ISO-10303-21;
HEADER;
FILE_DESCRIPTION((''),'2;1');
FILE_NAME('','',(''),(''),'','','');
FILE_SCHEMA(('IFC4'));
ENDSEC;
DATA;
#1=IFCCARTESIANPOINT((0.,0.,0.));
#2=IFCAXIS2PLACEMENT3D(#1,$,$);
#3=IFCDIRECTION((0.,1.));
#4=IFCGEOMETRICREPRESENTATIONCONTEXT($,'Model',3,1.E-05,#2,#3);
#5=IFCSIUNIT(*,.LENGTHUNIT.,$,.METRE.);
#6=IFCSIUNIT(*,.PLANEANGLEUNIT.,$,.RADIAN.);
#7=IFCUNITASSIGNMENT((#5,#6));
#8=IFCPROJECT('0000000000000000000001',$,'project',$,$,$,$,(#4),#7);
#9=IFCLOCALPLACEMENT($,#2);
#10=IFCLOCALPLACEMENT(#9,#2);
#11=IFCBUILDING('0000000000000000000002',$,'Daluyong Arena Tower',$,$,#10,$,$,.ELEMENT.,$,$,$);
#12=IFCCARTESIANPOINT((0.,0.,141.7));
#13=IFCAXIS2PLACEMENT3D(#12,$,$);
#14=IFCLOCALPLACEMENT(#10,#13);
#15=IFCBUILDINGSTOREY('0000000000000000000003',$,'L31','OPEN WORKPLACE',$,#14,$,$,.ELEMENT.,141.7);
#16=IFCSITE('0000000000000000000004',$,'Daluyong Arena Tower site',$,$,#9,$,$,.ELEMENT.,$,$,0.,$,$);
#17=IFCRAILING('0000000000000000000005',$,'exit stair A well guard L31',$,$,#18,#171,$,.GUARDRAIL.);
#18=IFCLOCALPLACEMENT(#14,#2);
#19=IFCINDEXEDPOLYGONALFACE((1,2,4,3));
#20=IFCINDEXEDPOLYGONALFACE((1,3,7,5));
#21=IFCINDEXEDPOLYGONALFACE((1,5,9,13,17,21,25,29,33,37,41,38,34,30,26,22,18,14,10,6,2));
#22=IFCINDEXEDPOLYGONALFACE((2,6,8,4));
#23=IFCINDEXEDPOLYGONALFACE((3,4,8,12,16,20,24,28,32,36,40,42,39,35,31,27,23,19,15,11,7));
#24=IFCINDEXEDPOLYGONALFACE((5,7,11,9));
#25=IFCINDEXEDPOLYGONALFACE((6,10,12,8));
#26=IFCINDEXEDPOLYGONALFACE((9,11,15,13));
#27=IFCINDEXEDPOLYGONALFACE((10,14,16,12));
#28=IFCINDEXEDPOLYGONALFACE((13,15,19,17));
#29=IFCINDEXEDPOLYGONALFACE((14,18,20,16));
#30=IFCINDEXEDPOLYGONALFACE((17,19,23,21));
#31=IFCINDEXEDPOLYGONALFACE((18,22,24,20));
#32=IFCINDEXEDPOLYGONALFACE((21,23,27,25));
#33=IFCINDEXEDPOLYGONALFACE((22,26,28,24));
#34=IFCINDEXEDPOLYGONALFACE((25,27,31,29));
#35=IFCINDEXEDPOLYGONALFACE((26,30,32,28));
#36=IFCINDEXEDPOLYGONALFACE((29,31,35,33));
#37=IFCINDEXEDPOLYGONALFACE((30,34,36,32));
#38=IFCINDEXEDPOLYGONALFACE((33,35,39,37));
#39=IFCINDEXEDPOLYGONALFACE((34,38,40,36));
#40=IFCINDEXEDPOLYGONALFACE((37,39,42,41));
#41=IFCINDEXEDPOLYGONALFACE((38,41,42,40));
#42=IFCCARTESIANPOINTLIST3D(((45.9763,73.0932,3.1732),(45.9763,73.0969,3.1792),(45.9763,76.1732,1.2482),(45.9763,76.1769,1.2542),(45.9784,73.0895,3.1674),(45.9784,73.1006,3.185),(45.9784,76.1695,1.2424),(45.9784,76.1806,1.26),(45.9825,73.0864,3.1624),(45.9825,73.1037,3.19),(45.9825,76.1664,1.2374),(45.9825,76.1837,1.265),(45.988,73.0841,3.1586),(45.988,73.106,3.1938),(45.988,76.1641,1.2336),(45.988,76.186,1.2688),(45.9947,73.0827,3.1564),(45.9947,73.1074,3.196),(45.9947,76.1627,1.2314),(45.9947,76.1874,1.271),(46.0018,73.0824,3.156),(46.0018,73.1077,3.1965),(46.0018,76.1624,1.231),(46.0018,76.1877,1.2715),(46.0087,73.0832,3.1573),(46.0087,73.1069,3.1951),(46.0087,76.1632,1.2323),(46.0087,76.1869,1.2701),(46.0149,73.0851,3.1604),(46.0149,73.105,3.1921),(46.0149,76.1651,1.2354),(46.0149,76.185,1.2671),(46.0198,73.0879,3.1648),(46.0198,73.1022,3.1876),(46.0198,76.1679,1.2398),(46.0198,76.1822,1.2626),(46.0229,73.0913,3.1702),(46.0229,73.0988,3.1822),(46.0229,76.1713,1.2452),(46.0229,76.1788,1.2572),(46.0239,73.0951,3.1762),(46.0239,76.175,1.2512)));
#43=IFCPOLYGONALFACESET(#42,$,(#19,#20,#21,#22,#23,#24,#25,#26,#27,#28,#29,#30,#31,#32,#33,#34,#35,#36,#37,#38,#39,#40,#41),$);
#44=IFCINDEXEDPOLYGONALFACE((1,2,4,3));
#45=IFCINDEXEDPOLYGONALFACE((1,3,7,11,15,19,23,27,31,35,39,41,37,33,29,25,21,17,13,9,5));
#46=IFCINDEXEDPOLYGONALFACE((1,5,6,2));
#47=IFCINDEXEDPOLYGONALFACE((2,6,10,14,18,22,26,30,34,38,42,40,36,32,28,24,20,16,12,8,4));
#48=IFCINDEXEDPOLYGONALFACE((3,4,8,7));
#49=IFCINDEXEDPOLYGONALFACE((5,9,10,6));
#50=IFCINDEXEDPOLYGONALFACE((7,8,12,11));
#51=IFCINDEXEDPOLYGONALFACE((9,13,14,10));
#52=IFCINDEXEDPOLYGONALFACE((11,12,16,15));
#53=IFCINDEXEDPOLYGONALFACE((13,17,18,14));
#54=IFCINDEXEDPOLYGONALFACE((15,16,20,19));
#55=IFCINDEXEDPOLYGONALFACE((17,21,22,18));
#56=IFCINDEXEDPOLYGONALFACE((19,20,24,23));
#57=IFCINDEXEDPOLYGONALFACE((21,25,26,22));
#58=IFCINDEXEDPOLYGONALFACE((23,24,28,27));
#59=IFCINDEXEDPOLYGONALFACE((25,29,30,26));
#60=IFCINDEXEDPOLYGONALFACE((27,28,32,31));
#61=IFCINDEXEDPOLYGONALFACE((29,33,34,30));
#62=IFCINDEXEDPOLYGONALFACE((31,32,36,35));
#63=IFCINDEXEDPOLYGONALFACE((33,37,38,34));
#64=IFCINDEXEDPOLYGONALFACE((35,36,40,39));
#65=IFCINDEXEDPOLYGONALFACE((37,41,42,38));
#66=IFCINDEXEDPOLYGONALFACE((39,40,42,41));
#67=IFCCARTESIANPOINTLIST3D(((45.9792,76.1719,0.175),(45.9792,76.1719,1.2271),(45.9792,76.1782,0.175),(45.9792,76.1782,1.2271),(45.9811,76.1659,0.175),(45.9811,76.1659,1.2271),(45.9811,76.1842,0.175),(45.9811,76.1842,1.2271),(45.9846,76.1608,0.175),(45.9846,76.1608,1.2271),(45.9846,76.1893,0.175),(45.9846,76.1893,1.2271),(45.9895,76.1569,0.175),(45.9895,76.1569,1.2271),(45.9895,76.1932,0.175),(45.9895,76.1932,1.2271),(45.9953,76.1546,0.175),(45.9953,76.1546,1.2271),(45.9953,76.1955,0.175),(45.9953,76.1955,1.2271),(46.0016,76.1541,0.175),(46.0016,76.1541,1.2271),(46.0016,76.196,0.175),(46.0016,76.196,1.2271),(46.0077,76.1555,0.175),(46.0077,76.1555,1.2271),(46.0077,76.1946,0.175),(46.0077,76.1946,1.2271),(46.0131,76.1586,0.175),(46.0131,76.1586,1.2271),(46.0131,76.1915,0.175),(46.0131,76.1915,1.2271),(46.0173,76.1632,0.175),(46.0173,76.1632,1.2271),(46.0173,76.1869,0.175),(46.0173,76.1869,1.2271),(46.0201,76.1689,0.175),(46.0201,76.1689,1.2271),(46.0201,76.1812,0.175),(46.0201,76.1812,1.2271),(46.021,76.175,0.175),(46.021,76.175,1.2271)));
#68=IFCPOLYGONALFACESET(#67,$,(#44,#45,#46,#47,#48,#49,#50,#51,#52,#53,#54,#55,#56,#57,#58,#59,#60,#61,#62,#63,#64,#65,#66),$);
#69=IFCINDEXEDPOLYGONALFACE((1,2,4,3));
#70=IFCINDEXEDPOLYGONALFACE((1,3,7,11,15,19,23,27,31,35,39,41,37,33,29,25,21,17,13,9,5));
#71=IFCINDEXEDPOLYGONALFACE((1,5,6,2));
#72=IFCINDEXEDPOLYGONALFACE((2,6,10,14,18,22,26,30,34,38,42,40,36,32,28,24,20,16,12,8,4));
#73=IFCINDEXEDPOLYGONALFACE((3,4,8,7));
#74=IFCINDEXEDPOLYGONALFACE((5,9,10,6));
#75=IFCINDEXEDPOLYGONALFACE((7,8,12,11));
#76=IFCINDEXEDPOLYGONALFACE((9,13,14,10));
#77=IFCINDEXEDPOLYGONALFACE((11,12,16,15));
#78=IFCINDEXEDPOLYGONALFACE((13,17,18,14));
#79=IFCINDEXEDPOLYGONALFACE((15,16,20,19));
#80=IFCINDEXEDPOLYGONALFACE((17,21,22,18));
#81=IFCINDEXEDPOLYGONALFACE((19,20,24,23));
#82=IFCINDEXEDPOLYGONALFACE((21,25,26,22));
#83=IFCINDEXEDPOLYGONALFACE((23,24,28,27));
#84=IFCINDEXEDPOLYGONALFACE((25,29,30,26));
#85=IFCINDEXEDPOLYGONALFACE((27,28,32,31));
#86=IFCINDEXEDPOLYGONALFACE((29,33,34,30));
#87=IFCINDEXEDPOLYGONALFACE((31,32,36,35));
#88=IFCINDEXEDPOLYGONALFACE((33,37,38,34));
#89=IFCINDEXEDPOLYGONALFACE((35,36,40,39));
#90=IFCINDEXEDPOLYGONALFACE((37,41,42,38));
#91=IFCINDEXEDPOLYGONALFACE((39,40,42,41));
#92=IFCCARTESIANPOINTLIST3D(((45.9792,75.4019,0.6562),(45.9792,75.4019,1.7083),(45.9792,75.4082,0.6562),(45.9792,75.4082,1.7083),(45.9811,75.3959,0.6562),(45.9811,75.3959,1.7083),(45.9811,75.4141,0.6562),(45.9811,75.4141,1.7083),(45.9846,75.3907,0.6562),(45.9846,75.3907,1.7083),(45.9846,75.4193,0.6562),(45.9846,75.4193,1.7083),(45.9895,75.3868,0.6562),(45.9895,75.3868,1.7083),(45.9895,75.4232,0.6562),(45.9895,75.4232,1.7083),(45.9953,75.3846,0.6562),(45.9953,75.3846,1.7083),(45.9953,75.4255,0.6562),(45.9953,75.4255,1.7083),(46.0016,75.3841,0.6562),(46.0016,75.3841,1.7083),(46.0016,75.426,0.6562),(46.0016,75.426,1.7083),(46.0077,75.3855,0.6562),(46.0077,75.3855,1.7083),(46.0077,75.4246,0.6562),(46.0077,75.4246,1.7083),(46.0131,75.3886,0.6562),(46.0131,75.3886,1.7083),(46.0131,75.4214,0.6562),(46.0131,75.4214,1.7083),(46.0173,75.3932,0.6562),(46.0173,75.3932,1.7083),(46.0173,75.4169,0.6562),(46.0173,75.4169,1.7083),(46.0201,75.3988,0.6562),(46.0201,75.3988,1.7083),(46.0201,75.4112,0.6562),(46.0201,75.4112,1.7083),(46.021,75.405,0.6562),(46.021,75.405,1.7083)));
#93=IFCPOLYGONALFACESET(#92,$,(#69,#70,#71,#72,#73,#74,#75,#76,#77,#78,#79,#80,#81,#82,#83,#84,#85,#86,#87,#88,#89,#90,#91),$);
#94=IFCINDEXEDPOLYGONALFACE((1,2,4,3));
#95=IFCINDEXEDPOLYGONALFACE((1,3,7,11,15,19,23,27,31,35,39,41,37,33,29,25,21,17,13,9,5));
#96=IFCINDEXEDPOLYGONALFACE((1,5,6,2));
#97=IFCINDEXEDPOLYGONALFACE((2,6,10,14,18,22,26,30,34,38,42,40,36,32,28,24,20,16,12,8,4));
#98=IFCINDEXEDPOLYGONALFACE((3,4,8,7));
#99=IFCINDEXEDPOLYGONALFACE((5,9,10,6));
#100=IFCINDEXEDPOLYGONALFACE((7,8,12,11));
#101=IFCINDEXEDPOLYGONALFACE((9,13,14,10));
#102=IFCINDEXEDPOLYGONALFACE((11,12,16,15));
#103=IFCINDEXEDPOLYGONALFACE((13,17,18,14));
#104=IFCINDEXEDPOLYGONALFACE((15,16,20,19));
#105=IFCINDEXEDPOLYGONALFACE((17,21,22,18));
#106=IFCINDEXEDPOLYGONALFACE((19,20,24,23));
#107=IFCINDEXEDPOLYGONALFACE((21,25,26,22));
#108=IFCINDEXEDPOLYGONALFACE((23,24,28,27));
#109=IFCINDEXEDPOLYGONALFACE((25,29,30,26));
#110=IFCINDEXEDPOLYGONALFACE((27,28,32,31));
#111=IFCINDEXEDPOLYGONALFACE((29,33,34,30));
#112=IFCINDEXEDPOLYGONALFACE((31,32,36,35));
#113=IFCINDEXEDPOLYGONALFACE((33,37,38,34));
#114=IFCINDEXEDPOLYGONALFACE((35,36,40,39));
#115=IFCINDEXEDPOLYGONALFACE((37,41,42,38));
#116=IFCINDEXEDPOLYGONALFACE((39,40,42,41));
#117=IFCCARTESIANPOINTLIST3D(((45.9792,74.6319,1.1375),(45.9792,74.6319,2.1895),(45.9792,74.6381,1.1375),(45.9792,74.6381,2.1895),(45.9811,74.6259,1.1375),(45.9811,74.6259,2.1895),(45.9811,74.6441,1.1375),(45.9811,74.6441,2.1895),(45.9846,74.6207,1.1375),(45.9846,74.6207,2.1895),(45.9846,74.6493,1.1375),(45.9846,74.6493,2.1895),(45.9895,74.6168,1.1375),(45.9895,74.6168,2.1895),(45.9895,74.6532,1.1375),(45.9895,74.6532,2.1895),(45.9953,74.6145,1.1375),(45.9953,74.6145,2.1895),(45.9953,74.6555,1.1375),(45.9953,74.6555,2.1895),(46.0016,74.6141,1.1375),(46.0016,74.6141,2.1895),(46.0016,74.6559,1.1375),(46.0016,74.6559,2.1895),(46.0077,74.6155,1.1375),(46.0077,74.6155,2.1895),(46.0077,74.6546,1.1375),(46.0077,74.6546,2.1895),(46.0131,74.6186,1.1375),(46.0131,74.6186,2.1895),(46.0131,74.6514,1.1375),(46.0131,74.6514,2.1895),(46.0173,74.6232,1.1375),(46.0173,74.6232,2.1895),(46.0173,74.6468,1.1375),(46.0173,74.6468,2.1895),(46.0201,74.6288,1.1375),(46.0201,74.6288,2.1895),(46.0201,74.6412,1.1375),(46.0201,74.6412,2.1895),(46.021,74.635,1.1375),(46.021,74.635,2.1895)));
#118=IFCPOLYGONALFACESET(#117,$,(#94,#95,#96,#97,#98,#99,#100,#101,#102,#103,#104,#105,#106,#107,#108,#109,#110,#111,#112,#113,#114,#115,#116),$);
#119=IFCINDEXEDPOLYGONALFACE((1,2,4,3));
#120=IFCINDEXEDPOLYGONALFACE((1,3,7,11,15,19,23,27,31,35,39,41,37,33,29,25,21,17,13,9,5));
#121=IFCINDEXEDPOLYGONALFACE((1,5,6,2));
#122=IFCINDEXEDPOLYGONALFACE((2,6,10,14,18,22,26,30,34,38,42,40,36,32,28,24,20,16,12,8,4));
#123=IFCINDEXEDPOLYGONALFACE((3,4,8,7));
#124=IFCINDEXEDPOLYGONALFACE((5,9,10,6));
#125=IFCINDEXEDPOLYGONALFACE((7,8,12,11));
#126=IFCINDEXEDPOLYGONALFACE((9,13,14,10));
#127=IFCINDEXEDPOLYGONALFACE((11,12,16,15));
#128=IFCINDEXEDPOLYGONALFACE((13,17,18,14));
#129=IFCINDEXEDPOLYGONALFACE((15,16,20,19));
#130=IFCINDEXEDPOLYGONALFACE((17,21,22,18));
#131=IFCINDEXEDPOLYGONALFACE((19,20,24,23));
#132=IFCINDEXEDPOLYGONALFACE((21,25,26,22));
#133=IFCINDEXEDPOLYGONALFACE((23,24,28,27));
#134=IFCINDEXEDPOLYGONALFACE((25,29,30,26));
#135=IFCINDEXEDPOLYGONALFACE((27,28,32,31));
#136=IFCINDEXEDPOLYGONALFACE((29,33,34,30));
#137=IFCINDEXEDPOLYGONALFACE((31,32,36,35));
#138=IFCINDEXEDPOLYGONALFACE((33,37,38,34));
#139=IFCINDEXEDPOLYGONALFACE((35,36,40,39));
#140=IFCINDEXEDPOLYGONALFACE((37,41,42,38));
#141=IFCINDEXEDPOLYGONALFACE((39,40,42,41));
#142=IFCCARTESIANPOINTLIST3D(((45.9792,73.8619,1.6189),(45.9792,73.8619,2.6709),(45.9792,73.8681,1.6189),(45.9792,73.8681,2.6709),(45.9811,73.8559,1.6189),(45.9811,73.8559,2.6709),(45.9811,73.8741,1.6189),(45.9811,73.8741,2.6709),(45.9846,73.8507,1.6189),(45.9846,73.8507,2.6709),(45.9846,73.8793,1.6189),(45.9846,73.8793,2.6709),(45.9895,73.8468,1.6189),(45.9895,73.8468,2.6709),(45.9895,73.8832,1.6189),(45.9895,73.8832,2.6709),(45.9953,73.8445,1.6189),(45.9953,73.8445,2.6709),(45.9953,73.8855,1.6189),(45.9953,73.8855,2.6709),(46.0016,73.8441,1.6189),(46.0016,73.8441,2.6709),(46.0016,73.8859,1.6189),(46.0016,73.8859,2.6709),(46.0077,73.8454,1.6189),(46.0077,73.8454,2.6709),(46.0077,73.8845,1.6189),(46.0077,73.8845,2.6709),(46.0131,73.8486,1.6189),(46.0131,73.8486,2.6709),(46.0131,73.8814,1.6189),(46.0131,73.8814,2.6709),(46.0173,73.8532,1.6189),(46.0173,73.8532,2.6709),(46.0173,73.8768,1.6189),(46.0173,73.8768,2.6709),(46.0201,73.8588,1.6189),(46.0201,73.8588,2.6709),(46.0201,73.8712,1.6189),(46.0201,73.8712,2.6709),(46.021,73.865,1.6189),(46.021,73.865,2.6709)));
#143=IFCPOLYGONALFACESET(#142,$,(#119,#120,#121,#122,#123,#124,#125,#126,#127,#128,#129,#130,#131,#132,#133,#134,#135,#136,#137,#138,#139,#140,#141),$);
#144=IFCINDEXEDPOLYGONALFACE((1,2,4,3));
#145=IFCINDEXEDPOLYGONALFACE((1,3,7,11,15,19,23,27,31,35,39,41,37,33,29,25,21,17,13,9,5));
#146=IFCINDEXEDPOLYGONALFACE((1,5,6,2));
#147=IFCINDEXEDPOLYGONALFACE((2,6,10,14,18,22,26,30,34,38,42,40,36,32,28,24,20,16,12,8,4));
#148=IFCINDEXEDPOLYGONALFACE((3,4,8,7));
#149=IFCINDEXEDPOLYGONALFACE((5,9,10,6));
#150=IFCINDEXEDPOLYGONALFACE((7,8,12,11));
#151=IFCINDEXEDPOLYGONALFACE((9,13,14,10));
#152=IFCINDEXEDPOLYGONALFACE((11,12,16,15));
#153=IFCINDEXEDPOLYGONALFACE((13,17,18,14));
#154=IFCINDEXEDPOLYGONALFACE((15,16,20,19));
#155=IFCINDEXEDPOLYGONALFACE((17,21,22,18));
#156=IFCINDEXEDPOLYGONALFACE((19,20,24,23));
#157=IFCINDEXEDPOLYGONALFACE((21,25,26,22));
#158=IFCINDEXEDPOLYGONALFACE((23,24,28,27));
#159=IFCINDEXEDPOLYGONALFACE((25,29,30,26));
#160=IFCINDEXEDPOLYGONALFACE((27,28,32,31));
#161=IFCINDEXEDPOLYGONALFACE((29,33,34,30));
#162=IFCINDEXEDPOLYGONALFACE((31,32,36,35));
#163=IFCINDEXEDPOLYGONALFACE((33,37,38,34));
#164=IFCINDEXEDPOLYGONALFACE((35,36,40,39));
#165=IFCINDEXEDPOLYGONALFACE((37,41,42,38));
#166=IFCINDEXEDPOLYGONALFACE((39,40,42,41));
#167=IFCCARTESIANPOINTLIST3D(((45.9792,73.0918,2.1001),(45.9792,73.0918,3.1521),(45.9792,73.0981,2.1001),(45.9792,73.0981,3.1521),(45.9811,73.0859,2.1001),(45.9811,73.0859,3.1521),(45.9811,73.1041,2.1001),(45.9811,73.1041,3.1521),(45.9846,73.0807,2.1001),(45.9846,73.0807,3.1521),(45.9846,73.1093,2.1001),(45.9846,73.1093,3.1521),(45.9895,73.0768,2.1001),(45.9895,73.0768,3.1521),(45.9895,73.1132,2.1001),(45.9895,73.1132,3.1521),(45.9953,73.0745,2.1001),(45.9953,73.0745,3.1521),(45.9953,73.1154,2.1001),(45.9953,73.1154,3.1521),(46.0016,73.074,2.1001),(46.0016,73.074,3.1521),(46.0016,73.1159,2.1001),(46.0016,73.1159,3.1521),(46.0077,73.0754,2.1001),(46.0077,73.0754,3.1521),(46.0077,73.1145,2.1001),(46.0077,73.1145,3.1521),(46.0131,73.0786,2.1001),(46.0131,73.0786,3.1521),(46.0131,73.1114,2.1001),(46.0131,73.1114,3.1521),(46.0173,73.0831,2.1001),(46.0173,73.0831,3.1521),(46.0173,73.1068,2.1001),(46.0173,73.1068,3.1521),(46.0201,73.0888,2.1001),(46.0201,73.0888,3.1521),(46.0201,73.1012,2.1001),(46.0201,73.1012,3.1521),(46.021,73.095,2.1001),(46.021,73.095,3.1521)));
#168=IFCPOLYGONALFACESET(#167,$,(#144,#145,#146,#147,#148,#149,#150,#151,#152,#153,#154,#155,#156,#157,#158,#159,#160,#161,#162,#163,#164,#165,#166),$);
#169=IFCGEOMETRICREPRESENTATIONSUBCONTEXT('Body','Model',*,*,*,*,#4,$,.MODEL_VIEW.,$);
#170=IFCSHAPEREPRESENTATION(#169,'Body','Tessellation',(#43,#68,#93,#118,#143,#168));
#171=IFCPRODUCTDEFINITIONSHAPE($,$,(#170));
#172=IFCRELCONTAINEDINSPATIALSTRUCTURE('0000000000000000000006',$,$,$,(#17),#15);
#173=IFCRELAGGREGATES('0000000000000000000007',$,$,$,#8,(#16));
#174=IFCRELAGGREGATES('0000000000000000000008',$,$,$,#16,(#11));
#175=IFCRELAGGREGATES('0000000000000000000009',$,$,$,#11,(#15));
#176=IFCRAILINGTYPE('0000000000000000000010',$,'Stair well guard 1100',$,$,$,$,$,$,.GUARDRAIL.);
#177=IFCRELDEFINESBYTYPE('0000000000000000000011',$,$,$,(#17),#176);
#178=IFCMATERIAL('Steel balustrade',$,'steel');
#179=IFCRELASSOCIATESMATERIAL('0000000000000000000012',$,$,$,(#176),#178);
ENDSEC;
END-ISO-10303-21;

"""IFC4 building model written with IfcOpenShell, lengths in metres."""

from ifc_helpers import new_model, si_unit, direction, frame, origin, origin_2d, place, context, subcontext, project, spatial, circle, extrude, material, type_object, element, save


model = new_model("IFC4")

# Units and contexts
model_context = context("Model", 3, precision=1e-05, world=origin(), true_north=direction((0.0, 1.0)))
body_context = subcontext(model_context, "Body", "Model", "MODEL_VIEW")
ifc_project = project(units=[si_unit("LENGTHUNIT", "METRE"), si_unit("PLANEANGLEUNIT", "RADIAN")], contexts=[model_context])

# Site, building, storey
site_placement = place(None, origin())
site = spatial("IfcSite", under=ifc_project, at=site_placement, Name="Daluyong Arena Tower site", CompositionType="ELEMENT", RefElevation=0.0)
building_placement = place(site_placement, origin())
building = spatial("IfcBuilding", under=site, at=building_placement, Name="Daluyong Arena Tower", CompositionType="ELEMENT")
storey_placement = place(building_placement, frame((0.0, 0.0, 141.7)))
storey = spatial("IfcBuildingStorey", under=building, at=storey_placement, Name="L31", Description="OPEN WORKPLACE", CompositionType="ELEMENT", Elevation=141.7)

# Railing
ifc_material_1 = material(Name="Steel balustrade", Category="steel")
railing_type_1 = type_object("IfcRailingType", Name="Stair well guard 1100", PredefinedType="GUARDRAIL", material=ifc_material_1)
railing_1_placement = place(storey_placement, frame((46.0, 76.175, 0.175)))
element("IfcRailing", 1, at=railing_1_placement, inside=storey, type_object=railing_type_1, Name="exit stair A well guard L31", PredefinedType="GUARDRAIL", context=body_context, shape_type="SweptSolid", body=[
    extrude(circle(Radius=0.0239, at=origin_2d()), frame((0.0, 0.0, 1.0762), z_axis=(0.0, -0.847998, 0.529999), x_axis=(1.0, 0.0, 0.0)), (0.0, 0.0, 1.0), 3.6321),
    extrude(circle(Radius=0.021, at=origin_2d()), origin(), (0.0, 0.0, 1.0), 1.052),
    extrude(circle(Radius=0.021, at=origin_2d()), frame((0.0, -0.77, 0.4812)), (0.0, 0.0, 1.0), 1.052),
    extrude(circle(Radius=0.021, at=origin_2d()), frame((0.0, -1.54, 0.9624)), (0.0, 0.0, 1.0), 1.052),
    extrude(circle(Radius=0.021, at=origin_2d()), frame((0.0, -2.3101, 1.4438)), (0.0, 0.0, 1.0), 1.052),
    extrude(circle(Radius=0.021, at=origin_2d()), frame((0.0, -3.0801, 1.925)), (0.0, 0.0, 1.0), 1.052),
])

save(model, "model.ifc")
